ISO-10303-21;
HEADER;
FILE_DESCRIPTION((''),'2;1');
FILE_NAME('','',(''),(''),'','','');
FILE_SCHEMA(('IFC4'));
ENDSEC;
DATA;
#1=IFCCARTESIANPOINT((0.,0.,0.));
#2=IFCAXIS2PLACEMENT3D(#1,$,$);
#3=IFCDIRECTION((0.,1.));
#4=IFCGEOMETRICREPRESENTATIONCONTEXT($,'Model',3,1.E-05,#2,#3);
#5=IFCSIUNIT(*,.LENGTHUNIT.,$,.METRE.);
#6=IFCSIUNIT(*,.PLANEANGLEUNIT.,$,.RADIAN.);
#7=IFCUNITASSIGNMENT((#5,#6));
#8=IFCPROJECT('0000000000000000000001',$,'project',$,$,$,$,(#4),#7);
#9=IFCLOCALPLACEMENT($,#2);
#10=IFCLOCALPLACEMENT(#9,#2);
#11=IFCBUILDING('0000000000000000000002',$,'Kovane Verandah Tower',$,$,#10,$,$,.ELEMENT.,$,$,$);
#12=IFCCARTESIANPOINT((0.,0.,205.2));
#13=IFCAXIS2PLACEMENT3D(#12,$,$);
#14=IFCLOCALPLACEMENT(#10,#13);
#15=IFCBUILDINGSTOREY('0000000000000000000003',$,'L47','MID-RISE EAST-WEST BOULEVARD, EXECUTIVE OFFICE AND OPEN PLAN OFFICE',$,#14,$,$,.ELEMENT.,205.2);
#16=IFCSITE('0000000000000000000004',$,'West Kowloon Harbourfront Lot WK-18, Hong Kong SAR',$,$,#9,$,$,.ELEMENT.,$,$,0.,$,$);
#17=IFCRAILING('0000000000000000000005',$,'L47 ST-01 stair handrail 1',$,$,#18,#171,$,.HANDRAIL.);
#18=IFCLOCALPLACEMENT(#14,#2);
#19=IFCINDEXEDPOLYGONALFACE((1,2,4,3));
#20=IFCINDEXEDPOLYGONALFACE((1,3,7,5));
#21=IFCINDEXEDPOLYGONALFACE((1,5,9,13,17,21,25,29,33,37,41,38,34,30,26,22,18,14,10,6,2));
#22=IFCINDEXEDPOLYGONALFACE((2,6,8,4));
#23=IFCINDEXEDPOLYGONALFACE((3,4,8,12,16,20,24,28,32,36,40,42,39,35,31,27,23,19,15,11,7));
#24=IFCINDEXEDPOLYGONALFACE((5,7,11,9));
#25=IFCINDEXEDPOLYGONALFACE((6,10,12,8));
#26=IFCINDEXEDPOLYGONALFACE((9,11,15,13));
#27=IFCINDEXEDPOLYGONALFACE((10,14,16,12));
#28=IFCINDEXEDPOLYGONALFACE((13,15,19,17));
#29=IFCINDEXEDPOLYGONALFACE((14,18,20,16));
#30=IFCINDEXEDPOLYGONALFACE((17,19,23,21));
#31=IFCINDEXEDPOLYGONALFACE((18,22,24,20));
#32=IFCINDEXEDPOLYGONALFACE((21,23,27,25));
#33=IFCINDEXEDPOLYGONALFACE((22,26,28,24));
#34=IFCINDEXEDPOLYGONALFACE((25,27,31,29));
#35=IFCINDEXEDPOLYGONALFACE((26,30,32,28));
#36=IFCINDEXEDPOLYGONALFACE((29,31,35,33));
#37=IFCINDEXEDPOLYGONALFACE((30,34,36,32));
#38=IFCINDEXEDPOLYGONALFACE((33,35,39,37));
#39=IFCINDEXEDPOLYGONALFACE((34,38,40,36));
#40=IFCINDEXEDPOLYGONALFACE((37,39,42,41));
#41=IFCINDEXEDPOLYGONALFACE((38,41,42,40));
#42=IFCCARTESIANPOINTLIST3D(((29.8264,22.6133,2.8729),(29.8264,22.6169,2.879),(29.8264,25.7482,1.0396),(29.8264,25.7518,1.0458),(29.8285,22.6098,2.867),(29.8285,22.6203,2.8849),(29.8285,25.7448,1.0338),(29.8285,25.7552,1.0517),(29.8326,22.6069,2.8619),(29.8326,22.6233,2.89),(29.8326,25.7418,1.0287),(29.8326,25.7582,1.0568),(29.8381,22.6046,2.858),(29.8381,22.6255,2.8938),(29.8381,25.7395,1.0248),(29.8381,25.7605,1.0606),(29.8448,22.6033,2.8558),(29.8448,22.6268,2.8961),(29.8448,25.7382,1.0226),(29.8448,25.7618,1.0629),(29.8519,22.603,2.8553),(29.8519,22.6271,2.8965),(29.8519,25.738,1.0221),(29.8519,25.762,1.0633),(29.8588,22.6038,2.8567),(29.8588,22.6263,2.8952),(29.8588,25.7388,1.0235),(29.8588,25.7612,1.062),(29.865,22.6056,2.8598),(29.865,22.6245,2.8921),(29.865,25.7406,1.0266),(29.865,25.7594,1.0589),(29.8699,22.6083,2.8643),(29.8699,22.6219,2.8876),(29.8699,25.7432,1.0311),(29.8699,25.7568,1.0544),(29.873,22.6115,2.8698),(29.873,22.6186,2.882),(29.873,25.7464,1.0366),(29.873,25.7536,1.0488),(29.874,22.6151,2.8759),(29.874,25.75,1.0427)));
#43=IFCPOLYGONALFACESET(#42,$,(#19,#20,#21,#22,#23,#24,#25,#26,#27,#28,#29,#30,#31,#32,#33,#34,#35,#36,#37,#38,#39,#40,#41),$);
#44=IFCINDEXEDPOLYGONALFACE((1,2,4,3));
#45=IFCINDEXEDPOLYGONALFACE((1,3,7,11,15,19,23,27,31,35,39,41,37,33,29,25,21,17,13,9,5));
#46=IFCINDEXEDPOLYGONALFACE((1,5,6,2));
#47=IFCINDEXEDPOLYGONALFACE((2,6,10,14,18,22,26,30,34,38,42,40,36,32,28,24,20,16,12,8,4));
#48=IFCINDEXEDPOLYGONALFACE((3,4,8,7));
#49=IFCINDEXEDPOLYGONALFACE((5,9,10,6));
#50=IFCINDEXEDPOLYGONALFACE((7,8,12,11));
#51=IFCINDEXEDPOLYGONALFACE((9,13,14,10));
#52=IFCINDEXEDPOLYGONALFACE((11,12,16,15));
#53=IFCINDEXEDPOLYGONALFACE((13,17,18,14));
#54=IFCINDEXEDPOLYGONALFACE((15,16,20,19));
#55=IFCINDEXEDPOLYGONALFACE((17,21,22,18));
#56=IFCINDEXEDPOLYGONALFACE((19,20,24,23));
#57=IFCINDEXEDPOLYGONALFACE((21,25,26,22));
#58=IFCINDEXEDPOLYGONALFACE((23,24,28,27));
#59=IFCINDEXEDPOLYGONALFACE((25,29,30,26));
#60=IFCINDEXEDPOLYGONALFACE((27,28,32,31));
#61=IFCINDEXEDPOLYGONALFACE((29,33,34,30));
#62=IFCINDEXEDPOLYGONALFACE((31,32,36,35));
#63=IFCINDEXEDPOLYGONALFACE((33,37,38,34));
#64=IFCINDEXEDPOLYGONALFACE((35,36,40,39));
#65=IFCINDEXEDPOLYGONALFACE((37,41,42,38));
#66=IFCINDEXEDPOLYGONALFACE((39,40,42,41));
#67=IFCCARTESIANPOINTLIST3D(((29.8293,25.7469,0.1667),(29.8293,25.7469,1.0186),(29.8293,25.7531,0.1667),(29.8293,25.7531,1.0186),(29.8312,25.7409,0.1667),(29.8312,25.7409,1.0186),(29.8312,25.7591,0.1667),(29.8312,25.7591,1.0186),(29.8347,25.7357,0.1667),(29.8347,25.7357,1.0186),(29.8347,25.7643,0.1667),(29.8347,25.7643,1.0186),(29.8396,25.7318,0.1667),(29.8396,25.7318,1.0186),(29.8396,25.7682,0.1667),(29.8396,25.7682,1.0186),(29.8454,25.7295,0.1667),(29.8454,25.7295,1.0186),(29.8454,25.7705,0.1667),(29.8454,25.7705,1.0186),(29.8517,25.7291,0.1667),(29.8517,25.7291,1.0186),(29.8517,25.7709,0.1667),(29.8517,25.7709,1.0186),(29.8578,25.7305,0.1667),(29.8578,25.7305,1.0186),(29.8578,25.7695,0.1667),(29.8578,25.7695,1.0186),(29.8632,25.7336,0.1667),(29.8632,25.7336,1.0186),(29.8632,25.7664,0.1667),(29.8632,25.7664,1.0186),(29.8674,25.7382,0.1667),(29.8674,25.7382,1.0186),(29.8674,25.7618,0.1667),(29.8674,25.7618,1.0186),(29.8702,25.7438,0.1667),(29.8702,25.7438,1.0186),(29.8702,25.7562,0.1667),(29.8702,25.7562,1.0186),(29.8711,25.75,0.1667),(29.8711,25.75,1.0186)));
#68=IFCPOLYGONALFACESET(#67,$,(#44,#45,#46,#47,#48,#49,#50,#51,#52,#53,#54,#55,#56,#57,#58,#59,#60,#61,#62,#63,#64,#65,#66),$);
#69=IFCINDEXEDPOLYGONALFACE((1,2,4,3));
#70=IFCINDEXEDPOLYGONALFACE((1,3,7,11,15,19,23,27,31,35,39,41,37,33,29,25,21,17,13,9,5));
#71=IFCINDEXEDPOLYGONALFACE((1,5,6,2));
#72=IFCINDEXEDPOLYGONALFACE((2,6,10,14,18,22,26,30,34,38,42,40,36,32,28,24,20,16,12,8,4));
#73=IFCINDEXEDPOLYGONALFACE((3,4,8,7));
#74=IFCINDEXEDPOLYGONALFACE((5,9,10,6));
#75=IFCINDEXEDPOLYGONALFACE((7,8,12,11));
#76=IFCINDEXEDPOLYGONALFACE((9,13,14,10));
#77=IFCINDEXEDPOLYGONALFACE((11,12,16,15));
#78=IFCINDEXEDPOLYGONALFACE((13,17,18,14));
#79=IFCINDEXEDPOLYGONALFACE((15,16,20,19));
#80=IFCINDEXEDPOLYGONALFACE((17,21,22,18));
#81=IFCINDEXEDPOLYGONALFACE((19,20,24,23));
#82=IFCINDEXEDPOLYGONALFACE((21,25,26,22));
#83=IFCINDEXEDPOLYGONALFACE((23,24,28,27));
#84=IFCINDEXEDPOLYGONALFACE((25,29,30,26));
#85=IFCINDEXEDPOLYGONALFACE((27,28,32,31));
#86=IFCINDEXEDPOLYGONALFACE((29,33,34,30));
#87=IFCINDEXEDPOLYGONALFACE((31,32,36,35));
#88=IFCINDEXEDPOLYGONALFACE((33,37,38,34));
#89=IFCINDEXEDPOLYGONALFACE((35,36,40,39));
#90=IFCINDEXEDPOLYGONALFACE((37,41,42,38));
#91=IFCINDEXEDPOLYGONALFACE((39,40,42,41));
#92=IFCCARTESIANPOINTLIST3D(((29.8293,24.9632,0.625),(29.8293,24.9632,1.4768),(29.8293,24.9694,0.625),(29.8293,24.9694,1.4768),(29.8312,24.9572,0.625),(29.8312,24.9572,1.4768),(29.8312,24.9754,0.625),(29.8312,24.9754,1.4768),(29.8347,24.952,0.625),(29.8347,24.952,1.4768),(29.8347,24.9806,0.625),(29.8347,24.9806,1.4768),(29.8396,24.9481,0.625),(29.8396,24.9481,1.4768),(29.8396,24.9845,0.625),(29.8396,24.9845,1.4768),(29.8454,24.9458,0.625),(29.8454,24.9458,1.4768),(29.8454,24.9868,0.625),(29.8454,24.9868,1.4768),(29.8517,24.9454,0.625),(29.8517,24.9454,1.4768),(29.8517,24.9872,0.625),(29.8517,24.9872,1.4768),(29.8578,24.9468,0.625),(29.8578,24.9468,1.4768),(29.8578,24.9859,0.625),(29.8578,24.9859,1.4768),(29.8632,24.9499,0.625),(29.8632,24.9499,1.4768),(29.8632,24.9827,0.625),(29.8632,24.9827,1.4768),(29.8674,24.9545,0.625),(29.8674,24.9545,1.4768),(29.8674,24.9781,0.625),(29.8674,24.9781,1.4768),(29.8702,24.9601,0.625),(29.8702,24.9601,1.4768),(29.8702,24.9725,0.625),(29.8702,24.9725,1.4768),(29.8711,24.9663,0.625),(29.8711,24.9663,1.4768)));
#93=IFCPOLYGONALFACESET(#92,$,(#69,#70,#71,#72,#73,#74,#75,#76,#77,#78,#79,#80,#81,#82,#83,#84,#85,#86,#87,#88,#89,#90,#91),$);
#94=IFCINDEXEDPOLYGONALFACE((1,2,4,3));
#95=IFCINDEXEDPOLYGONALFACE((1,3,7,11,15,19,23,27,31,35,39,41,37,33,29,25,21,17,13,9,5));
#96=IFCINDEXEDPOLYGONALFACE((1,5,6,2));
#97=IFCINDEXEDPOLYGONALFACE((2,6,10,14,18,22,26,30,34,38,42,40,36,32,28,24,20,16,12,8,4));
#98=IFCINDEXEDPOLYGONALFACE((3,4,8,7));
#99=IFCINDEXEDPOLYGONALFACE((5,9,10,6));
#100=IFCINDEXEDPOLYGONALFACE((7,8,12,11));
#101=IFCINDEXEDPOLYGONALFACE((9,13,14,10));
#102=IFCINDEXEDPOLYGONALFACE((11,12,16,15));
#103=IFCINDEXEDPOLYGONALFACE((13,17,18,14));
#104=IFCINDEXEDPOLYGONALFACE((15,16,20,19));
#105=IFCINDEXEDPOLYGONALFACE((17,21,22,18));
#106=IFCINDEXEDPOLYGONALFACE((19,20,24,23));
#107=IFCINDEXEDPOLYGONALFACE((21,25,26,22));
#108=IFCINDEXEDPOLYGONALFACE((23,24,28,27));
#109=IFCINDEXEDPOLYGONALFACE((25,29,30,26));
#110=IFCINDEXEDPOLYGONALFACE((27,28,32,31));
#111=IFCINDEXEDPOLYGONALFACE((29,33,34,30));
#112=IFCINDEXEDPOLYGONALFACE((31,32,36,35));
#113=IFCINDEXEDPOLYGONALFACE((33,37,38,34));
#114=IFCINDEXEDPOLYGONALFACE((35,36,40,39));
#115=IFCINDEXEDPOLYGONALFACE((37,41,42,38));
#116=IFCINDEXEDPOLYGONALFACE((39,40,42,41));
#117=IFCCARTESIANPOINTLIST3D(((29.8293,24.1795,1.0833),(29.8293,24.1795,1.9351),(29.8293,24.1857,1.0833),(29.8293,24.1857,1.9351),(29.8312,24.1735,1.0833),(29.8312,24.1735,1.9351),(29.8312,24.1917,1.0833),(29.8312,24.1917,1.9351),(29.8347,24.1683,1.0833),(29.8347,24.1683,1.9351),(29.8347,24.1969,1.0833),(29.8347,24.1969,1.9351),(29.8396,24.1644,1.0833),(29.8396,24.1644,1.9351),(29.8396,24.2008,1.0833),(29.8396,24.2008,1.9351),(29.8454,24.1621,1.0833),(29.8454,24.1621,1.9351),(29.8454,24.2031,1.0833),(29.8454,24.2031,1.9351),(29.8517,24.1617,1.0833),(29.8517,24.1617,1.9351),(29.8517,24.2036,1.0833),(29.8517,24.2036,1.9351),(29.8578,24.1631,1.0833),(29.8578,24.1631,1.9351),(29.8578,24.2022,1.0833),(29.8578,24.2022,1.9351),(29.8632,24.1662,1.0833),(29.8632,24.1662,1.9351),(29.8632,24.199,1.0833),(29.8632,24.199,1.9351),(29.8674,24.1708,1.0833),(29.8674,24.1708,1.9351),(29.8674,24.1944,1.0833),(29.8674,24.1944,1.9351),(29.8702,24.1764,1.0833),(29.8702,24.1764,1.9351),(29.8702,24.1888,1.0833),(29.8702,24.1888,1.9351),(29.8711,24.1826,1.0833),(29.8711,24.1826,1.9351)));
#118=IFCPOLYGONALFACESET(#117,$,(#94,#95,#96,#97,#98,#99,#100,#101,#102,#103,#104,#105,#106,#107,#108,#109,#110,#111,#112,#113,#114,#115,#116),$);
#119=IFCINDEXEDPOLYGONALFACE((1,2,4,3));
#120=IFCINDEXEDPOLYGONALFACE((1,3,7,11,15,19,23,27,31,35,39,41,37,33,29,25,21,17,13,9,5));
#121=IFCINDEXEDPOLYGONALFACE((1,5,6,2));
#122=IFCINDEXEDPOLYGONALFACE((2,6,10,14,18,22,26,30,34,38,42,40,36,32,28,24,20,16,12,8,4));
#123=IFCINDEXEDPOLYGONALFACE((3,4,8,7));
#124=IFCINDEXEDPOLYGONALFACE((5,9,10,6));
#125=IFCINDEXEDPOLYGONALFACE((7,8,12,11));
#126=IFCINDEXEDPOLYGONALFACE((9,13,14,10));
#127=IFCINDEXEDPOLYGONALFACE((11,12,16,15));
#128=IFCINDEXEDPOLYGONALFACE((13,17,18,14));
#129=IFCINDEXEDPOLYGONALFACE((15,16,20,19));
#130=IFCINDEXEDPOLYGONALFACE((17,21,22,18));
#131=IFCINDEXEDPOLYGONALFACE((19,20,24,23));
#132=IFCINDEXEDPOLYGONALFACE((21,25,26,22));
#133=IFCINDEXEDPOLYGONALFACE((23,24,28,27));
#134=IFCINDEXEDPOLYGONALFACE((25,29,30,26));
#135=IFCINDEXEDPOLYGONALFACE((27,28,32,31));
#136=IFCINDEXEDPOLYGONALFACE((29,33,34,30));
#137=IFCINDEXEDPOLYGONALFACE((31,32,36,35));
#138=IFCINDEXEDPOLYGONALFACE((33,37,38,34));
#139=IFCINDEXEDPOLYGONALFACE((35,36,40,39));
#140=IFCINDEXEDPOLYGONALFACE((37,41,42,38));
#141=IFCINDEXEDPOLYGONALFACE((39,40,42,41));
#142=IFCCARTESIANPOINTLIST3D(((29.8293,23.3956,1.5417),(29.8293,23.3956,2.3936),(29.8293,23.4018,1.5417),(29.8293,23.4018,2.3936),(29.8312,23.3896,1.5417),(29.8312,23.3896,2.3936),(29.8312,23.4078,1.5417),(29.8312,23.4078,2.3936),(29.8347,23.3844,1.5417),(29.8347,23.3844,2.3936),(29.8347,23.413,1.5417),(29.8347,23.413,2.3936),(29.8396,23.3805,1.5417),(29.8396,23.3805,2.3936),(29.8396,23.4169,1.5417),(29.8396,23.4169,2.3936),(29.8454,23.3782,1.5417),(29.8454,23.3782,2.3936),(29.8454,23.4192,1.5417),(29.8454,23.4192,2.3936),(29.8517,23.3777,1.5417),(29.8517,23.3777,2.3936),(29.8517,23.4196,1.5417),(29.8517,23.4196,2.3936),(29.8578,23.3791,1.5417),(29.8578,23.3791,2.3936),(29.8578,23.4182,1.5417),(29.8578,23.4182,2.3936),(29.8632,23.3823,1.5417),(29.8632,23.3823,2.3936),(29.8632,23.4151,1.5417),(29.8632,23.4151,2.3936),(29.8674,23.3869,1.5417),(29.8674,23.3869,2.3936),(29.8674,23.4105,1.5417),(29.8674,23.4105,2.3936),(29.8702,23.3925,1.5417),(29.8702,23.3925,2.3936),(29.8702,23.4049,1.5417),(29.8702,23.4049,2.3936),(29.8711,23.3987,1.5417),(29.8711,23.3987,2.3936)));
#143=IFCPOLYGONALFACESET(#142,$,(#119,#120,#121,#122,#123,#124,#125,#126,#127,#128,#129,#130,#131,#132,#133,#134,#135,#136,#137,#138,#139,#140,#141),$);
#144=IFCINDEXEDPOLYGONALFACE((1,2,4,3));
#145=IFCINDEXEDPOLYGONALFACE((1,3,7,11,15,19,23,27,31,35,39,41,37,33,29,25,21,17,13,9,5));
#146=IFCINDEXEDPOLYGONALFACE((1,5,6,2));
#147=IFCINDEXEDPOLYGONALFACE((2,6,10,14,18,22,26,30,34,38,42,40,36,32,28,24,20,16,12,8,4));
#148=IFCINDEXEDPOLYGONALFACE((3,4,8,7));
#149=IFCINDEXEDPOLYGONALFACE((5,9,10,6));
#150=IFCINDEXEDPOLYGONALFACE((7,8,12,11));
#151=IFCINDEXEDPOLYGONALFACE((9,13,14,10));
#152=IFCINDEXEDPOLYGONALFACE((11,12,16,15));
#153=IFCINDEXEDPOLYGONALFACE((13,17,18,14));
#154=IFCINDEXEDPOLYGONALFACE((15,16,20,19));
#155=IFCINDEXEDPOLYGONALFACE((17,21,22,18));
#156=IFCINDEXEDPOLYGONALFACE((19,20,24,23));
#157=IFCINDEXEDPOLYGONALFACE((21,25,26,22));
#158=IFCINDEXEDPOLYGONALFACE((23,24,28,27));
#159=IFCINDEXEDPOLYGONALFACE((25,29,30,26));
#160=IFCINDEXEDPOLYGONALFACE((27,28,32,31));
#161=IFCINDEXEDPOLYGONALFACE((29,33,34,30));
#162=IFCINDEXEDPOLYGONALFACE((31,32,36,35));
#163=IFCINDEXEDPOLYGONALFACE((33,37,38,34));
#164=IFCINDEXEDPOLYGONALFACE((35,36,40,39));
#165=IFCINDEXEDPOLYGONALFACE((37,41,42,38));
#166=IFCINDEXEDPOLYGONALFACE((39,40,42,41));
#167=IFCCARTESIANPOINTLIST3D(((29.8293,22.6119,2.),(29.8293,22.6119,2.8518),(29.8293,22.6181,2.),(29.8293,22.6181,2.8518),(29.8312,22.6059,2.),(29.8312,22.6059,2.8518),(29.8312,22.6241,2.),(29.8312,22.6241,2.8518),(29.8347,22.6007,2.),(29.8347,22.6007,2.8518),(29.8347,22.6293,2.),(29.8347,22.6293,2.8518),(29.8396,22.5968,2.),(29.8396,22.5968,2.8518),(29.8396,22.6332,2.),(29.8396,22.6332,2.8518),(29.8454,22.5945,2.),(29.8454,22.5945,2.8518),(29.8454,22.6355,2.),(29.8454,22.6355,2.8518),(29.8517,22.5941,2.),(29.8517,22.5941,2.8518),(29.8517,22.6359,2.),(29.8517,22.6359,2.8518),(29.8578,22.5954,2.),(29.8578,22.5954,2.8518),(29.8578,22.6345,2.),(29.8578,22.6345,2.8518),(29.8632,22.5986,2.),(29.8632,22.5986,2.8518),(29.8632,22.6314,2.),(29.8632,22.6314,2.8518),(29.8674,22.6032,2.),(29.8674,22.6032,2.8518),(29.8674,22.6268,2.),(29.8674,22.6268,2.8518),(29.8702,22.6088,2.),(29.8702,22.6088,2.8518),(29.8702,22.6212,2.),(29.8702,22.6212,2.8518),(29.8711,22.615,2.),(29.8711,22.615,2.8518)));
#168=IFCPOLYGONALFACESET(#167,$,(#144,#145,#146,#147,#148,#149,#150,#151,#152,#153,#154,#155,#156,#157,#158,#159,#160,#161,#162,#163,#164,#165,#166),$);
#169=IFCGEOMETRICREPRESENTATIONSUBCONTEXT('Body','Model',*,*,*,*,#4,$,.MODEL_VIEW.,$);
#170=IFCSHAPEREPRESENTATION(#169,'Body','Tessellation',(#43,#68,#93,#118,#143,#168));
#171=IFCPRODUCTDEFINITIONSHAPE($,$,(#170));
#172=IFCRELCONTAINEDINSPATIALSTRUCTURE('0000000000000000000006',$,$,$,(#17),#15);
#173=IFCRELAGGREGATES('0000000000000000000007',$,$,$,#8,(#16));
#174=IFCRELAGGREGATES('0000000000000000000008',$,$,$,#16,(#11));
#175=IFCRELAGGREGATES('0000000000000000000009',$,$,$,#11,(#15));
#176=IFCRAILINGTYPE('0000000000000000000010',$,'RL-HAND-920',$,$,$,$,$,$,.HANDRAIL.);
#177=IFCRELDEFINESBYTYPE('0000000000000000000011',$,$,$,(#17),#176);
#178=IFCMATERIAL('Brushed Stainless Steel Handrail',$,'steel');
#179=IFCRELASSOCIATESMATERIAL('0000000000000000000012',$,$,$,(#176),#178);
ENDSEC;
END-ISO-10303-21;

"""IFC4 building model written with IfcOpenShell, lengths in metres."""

from ifc_helpers import new_model, si_unit, direction, frame, origin, origin_2d, place, context, subcontext, project, spatial, circle, extrude, material, type_object, element, save


model = new_model("IFC4")

# Units and contexts
model_context = context("Model", 3, precision=1e-05, world=origin(), true_north=direction((0.0, 1.0)))
body_context = subcontext(model_context, "Body", "Model", "MODEL_VIEW")
ifc_project = project(units=[si_unit("LENGTHUNIT", "METRE"), si_unit("PLANEANGLEUNIT", "RADIAN")], contexts=[model_context])

# Site, building, storey
site_placement = place(None, origin())
site = spatial("IfcSite", under=ifc_project, at=site_placement, Name="West Kowloon Harbourfront Lot WK-18, Hong Kong SAR", CompositionType="ELEMENT", RefElevation=0.0)
building_placement = place(site_placement, origin())
building = spatial("IfcBuilding", under=site, at=building_placement, Name="Kovane Verandah Tower", CompositionType="ELEMENT")
storey_placement = place(building_placement, frame((0.0, 0.0, 205.2)))
storey = spatial("IfcBuildingStorey", under=building, at=storey_placement, Name="L47", Description="MID-RISE EAST-WEST BOULEVARD, EXECUTIVE OFFICE AND OPEN PLAN OFFICE", CompositionType="ELEMENT", Elevation=205.2)

# Railing
ifc_material_1 = material(Name="Brushed Stainless Steel Handrail", Category="steel")
railing_type_1 = type_object("IfcRailingType", Name="RL-HAND-920", PredefinedType="HANDRAIL", material=ifc_material_1)
railing_1_placement = place(storey_placement, frame((29.8501, 25.75, 0.1667)))
element("IfcRailing", 1, at=railing_1_placement, inside=storey, type_object=railing_type_1, Name="L47 ST-01 stair handrail 1", PredefinedType="HANDRAIL", context=body_context, shape_type="SweptSolid", body=[
    extrude(circle(Radius=0.0239, at=origin_2d()), frame((0.0, 0.0, 0.876), z_axis=(0.0, -0.86324, 0.504794), x_axis=(1.0, 0.0, 0.0)), (0.0, 0.0, 1.0), 3.6316),
    extrude(circle(Radius=0.021, at=origin_2d()), origin(), (0.0, 0.0, 1.0), 0.8518),
    extrude(circle(Radius=0.021, at=origin_2d()), frame((0.0, -0.7837, 0.4583)), (0.0, 0.0, 1.0), 0.8518),
    extrude(circle(Radius=0.021, at=origin_2d()), frame((0.0, -1.5674, 0.9165)), (0.0, 0.0, 1.0), 0.8518),
    extrude(circle(Radius=0.021, at=origin_2d()), frame((0.0, -2.3513, 1.375)), (0.0, 0.0, 1.0), 0.8518),
    extrude(circle(Radius=0.021, at=origin_2d()), frame((0.0, -3.135, 1.8333)), (0.0, 0.0, 1.0), 0.8518),
])

save(model, "model.ifc")
